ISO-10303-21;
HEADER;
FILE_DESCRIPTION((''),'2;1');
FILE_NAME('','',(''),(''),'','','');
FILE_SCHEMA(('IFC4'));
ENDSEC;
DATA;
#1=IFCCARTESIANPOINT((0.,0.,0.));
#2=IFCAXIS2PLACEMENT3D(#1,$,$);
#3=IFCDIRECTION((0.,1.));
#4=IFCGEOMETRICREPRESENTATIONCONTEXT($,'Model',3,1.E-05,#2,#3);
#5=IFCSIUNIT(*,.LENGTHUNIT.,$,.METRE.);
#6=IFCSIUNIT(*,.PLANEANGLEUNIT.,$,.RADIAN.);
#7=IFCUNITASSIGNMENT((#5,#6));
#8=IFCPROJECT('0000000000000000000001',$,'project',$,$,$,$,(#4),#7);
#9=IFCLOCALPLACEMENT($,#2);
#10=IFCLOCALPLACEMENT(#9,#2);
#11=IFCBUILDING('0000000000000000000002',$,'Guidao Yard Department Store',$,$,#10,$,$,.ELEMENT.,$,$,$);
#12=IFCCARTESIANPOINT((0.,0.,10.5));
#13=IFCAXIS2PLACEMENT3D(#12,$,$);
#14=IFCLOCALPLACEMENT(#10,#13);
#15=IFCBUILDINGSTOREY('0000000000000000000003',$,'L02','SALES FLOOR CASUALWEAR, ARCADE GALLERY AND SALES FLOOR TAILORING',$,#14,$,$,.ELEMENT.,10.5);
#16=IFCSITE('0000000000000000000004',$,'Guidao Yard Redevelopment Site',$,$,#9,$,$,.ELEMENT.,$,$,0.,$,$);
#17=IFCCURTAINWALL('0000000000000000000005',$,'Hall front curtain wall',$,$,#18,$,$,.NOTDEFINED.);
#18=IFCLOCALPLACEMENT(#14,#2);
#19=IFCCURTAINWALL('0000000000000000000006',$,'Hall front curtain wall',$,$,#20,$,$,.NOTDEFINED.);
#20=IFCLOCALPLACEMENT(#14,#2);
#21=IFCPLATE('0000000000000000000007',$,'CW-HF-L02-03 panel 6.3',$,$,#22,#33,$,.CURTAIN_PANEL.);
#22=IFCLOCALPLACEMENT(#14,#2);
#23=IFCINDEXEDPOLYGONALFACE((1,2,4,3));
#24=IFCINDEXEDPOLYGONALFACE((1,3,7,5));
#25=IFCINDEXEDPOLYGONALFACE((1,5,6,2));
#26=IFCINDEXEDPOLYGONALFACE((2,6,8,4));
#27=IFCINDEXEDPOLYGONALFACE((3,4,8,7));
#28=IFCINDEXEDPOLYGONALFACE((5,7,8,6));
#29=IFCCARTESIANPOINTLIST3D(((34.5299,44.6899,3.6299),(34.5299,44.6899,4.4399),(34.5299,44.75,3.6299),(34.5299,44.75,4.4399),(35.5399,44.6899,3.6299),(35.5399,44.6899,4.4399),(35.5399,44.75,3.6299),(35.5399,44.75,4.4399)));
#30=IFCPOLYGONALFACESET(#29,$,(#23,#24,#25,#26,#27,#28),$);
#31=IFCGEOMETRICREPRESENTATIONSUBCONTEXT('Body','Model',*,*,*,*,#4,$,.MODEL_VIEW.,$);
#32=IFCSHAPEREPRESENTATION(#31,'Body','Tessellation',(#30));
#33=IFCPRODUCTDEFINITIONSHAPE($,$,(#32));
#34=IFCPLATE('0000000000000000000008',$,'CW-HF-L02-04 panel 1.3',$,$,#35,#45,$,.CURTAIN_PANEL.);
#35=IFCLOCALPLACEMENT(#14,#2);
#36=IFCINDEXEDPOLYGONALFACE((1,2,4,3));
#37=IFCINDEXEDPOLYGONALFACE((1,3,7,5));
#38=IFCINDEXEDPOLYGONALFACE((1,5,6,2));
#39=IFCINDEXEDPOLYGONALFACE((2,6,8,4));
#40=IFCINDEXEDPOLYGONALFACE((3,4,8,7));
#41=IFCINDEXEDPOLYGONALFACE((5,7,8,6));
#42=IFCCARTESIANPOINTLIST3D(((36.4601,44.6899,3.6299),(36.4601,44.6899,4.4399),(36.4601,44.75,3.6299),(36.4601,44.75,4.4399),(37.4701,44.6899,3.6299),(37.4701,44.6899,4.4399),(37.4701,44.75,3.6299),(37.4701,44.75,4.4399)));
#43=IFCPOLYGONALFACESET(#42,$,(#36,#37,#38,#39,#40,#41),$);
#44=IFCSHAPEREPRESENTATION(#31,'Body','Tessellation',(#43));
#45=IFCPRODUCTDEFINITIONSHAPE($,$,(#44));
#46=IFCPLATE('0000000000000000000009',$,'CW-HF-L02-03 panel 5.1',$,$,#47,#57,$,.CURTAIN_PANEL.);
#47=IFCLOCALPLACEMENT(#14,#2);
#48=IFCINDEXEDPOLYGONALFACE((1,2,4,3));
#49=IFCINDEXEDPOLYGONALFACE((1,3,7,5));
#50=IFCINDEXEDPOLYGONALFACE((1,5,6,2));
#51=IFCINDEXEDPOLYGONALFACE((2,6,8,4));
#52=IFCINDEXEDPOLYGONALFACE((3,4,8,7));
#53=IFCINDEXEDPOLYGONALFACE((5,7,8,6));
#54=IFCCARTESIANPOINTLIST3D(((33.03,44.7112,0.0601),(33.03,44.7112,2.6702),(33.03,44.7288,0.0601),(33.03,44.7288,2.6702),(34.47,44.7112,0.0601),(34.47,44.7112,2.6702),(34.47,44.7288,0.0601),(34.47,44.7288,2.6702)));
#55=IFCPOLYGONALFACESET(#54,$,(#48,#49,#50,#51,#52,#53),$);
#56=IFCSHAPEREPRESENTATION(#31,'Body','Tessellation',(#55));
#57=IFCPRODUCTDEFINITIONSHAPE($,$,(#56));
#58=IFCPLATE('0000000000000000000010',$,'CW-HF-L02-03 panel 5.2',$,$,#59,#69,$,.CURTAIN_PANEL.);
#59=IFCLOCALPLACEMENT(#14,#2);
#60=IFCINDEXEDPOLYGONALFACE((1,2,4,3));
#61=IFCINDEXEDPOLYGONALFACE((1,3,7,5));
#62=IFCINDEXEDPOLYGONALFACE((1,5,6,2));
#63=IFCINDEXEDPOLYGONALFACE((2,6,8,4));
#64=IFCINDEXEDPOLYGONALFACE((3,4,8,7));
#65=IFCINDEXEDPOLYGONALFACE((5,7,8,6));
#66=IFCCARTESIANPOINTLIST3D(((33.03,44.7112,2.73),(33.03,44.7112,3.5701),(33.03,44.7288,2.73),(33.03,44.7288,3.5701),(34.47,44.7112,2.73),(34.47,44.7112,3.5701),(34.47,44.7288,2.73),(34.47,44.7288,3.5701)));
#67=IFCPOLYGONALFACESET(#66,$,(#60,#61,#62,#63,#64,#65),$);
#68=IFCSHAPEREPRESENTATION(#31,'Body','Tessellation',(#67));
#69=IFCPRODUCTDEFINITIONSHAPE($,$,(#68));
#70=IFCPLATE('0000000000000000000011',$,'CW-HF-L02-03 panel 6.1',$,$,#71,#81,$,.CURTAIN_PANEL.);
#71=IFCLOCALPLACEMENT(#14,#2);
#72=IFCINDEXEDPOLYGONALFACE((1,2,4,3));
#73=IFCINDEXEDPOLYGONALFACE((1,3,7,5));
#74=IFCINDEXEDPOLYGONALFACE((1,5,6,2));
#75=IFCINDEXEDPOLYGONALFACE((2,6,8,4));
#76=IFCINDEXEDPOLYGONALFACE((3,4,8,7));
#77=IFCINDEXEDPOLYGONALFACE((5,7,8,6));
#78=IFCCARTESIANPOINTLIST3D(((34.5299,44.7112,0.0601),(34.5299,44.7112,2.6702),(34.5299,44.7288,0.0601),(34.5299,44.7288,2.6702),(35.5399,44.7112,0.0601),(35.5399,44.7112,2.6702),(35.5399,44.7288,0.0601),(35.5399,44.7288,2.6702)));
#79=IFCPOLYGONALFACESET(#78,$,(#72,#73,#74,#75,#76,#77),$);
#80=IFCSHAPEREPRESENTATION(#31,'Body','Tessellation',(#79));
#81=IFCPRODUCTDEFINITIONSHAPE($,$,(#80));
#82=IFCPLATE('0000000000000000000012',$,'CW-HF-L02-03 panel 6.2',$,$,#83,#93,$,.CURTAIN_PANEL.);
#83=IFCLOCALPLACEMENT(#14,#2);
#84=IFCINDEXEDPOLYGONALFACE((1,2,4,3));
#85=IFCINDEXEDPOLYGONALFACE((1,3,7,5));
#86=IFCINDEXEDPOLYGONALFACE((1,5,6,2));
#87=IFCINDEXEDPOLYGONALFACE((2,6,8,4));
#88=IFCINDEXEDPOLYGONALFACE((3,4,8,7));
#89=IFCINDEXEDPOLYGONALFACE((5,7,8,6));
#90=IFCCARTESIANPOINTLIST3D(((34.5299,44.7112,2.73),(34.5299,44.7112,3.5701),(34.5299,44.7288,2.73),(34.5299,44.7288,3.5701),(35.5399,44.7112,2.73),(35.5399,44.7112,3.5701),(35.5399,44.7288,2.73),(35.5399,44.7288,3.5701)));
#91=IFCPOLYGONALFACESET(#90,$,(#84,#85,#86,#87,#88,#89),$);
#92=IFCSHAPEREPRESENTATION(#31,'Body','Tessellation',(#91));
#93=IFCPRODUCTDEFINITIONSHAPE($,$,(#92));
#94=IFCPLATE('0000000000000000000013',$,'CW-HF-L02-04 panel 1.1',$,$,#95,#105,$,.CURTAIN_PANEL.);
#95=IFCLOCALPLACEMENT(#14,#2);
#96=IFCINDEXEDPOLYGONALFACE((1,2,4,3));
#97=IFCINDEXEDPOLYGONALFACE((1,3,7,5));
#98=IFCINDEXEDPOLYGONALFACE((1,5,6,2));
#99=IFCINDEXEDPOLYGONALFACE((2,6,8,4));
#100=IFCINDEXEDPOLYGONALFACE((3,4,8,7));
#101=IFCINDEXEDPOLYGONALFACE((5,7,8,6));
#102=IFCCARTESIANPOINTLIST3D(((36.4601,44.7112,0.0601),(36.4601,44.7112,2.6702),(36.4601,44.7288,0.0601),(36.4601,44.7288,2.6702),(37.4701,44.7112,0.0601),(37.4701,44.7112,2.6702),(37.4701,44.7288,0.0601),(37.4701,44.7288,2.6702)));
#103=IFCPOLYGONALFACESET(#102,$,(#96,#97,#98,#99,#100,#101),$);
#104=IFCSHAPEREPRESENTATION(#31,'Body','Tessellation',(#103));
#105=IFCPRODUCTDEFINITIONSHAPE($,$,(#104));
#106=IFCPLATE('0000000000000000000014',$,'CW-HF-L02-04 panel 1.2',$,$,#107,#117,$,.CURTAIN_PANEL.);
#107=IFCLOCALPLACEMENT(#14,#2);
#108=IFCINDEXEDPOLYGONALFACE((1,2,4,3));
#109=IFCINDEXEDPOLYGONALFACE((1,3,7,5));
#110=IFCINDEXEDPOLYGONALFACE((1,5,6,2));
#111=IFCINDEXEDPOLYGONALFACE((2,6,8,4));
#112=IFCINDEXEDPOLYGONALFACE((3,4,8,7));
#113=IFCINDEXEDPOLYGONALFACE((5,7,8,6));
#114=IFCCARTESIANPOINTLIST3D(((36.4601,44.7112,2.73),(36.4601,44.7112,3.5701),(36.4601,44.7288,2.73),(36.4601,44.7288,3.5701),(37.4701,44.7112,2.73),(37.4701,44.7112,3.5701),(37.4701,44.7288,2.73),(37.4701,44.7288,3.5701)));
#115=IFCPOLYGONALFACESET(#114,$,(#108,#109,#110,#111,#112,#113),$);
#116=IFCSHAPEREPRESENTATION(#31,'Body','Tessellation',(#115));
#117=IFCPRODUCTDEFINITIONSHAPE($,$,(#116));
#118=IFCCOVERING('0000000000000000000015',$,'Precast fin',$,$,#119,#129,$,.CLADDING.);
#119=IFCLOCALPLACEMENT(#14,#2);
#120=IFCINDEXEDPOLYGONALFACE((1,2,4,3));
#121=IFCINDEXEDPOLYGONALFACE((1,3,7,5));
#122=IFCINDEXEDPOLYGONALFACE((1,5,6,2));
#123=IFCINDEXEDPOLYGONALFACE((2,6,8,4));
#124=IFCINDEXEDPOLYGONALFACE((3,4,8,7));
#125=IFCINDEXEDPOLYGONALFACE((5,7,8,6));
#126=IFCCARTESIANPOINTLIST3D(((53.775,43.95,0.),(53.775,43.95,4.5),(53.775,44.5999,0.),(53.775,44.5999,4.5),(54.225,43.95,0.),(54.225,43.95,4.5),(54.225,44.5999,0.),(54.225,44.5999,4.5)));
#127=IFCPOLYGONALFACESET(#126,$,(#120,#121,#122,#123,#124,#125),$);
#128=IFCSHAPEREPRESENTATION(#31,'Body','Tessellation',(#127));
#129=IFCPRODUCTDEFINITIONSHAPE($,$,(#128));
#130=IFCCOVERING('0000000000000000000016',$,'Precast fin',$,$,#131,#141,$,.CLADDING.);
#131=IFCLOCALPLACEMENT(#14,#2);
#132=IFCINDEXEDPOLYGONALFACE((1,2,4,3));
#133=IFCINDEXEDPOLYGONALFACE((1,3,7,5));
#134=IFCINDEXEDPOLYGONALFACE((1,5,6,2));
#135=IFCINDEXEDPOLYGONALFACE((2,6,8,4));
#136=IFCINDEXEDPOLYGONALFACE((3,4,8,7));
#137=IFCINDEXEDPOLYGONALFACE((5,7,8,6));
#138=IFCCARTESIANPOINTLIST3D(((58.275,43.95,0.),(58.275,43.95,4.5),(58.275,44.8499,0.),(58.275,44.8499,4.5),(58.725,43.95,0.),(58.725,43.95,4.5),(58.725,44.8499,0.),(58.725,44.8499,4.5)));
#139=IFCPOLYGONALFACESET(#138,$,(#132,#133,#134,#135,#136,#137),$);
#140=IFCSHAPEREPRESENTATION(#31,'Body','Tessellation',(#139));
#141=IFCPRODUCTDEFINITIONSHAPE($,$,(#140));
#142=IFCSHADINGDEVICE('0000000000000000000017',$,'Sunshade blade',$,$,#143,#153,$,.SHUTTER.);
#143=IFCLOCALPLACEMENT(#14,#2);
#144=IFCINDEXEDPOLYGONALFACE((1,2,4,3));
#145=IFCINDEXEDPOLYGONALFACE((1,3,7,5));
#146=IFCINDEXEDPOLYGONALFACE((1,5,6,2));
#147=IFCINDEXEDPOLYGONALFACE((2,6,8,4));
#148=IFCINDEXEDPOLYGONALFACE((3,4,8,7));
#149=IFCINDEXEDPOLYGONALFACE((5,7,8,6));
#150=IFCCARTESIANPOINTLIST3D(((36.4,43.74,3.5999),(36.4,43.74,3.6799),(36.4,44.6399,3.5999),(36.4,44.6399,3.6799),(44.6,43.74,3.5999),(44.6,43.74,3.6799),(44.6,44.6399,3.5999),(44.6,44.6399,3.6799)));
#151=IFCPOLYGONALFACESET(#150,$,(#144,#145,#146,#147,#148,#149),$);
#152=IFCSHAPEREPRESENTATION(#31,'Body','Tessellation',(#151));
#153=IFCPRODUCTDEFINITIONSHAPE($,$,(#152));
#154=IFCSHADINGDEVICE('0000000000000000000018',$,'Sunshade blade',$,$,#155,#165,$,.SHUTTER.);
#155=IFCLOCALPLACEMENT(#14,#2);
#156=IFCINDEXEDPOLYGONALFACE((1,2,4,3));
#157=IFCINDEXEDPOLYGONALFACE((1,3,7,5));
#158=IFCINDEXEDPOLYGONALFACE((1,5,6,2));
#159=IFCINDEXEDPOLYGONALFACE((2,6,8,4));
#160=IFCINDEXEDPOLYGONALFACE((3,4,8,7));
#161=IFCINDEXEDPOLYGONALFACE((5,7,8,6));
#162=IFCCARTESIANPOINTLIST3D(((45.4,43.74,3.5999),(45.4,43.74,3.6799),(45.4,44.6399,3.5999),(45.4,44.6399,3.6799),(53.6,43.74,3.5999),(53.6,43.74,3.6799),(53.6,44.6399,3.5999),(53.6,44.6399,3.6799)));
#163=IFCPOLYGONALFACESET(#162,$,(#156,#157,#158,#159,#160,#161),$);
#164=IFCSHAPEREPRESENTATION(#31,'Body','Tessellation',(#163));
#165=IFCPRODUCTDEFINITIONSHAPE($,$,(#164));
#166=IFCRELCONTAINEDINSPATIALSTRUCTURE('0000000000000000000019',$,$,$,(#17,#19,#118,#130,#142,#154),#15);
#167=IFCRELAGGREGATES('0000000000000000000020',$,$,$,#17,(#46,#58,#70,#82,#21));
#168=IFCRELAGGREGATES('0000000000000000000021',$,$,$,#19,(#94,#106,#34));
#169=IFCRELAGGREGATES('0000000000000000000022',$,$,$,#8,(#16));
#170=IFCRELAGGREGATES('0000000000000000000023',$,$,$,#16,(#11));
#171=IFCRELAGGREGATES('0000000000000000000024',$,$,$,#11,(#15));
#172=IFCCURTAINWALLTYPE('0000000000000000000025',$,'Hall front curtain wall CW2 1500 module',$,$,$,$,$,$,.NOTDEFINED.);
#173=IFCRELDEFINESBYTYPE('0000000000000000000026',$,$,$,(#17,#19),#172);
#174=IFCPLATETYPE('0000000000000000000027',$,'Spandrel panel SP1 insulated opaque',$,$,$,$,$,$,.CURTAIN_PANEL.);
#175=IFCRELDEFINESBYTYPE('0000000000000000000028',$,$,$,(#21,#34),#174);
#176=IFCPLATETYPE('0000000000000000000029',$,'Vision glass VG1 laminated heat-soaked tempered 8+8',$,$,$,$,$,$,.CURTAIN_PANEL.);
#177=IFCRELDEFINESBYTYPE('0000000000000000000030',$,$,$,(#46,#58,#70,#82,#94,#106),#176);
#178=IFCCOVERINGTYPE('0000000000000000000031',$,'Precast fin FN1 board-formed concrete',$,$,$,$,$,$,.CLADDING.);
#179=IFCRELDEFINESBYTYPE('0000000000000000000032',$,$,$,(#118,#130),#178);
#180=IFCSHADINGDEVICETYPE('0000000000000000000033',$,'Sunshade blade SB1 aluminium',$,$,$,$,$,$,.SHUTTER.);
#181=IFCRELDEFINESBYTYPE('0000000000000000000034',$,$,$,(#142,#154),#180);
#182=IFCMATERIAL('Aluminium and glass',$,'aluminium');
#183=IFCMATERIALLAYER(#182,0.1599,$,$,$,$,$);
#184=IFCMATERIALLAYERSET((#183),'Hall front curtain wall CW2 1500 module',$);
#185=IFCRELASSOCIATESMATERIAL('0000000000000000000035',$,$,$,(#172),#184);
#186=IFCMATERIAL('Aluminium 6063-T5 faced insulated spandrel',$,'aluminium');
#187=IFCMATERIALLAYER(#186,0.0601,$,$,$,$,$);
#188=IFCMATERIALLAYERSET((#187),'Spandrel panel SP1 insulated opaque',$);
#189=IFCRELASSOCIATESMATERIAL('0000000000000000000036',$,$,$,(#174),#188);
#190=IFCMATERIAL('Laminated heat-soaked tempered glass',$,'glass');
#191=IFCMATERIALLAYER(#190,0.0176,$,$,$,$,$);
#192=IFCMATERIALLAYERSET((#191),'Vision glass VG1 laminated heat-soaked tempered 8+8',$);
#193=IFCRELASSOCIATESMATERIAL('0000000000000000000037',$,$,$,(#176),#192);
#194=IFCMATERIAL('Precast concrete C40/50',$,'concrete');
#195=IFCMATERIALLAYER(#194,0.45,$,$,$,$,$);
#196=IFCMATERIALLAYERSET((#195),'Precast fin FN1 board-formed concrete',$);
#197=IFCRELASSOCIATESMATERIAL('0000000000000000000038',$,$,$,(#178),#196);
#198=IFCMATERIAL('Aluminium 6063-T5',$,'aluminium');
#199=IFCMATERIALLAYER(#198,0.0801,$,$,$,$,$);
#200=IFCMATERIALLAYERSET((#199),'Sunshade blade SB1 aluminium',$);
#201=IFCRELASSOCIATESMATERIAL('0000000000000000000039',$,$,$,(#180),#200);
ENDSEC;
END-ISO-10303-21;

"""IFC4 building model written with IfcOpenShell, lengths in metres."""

from ifc_helpers import new_model, si_unit, direction, frame, origin, origin_2d, place, context, subcontext, project, spatial, rectangle, extrude, material, layer, layer_set, type_object, element, aggregate, save


model = new_model("IFC4")

# Units and contexts
model_context = context("Model", 3, precision=1e-05, world=origin(), true_north=direction((0.0, 1.0)))
body_context = subcontext(model_context, "Body", "Model", "MODEL_VIEW")
ifc_project = project(units=[si_unit("LENGTHUNIT", "METRE"), si_unit("PLANEANGLEUNIT", "RADIAN")], contexts=[model_context])

# Site, building, storey
site_placement = place(None, origin())
site = spatial("IfcSite", under=ifc_project, at=site_placement, Name="Guidao Yard Redevelopment Site", CompositionType="ELEMENT", RefElevation=0.0)
building_placement = place(site_placement, origin())
building = spatial("IfcBuilding", under=site, at=building_placement, Name="Guidao Yard Department Store", CompositionType="ELEMENT")
storey_placement = place(building_placement, frame((0.0, 0.0, 10.5)))
storey = spatial("IfcBuildingStorey", under=building, at=storey_placement, Name="L02", Description="SALES FLOOR CASUALWEAR, ARCADE GALLERY AND SALES FLOOR TAILORING", CompositionType="ELEMENT", Elevation=10.5)

# Curtain wall
ifc_material_1 = material(Name="Aluminium and glass", Category="aluminium")
ifc_layer_1 = layer(ifc_material_1, 0.1599)
ifc_layer_set_1 = layer_set([ifc_layer_1], Name="Hall front curtain wall CW2 1500 module")
curtain_wall_type = type_object("IfcCurtainWallType", Name="Hall front curtain wall CW2 1500 module", PredefinedType="NOTDEFINED", material=ifc_layer_set_1)
curtain_wall_1_placement = place(storey_placement, origin())
curtain_wall_1 = element("IfcCurtainWall", 1, at=curtain_wall_1_placement, inside=storey, type_object=curtain_wall_type, Name="Hall front curtain wall", PredefinedType="NOTDEFINED")

# Curtain wall
curtain_wall_2_placement = place(storey_placement, origin())
curtain_wall_2 = element("IfcCurtainWall", 2, at=curtain_wall_2_placement, inside=storey, type_object=curtain_wall_type, Name="Hall front curtain wall", PredefinedType="NOTDEFINED")

# Plates
ifc_material_2 = material(Name="Aluminium 6063-T5 faced insulated spandrel", Category="aluminium")
ifc_layer_2 = layer(ifc_material_2, 0.0601)
ifc_layer_set_2 = layer_set([ifc_layer_2], Name="Spandrel panel SP1 insulated opaque")
plate_type_1 = type_object("IfcPlateType", Name="Spandrel panel SP1 insulated opaque", PredefinedType="CURTAIN_PANEL", material=ifc_layer_set_2)
plate_1_placement = place(storey_placement, frame((35.0349, 44.72, 3.6299), z_axis=(0.0, 0.0, 1.0), x_axis=(-1.0, 0.0, 0.0)))
plate_1 = element("IfcPlate", 3, at=plate_1_placement, type_object=plate_type_1, Name="CW-HF-L02-03 panel 6.3", PredefinedType="CURTAIN_PANEL", context=body_context, shape_type="SweptSolid", body=[
    extrude(rectangle(XDim=1.01, YDim=0.0601, at=origin_2d()), origin(), (0.0, 0.0, 1.0), 0.8101),
])
plate_2_placement = place(storey_placement, frame((36.9651, 44.72, 3.6299), z_axis=(0.0, 0.0, 1.0), x_axis=(-1.0, 0.0, 0.0)))
plate_2 = element("IfcPlate", 4, at=plate_2_placement, type_object=plate_type_1, Name="CW-HF-L02-04 panel 1.3", PredefinedType="CURTAIN_PANEL", context=body_context, shape_type="SweptSolid", body=[
    extrude(rectangle(XDim=1.01, YDim=0.0601, at=origin_2d()), origin(), (0.0, 0.0, 1.0), 0.8101),
])
ifc_material_3 = material(Name="Laminated heat-soaked tempered glass", Category="glass")
ifc_layer_3 = layer(ifc_material_3, 0.0176)
ifc_layer_set_3 = layer_set([ifc_layer_3], Name="Vision glass VG1 laminated heat-soaked tempered 8+8")
plate_type_2 = type_object("IfcPlateType", Name="Vision glass VG1 laminated heat-soaked tempered 8+8", PredefinedType="CURTAIN_PANEL", material=ifc_layer_set_3)
plate_3_placement = place(storey_placement, frame((33.75, 44.72, 0.0601), z_axis=(0.0, 0.0, 1.0), x_axis=(-1.0, 0.0, 0.0)))
plate_3 = element("IfcPlate", 5, at=plate_3_placement, type_object=plate_type_2, Name="CW-HF-L02-03 panel 5.1", PredefinedType="CURTAIN_PANEL", context=body_context, shape_type="SweptSolid", body=[
    extrude(rectangle(XDim=1.4399, YDim=0.0176, at=origin_2d()), origin(), (0.0, 0.0, 1.0), 2.6101),
])
plate_4_placement = place(storey_placement, frame((33.75, 44.72, 2.73), z_axis=(0.0, 0.0, 1.0), x_axis=(-1.0, 0.0, 0.0)))
plate_4 = element("IfcPlate", 6, at=plate_4_placement, type_object=plate_type_2, Name="CW-HF-L02-03 panel 5.2", PredefinedType="CURTAIN_PANEL", context=body_context, shape_type="SweptSolid", body=[
    extrude(rectangle(XDim=1.4399, YDim=0.0176, at=origin_2d()), origin(), (0.0, 0.0, 1.0), 0.8401),
])
plate_5_placement = place(storey_placement, frame((35.0349, 44.72, 0.0601), z_axis=(0.0, 0.0, 1.0), x_axis=(-1.0, 0.0, 0.0)))
plate_5 = element("IfcPlate", 7, at=plate_5_placement, type_object=plate_type_2, Name="CW-HF-L02-03 panel 6.1", PredefinedType="CURTAIN_PANEL", context=body_context, shape_type="SweptSolid", body=[
    extrude(rectangle(XDim=1.01, YDim=0.0176, at=origin_2d()), origin(), (0.0, 0.0, 1.0), 2.6101),
])
plate_6_placement = place(storey_placement, frame((35.0349, 44.72, 2.73), z_axis=(0.0, 0.0, 1.0), x_axis=(-1.0, 0.0, 0.0)))
plate_6 = element("IfcPlate", 8, at=plate_6_placement, type_object=plate_type_2, Name="CW-HF-L02-03 panel 6.2", PredefinedType="CURTAIN_PANEL", context=body_context, shape_type="SweptSolid", body=[
    extrude(rectangle(XDim=1.01, YDim=0.0176, at=origin_2d()), origin(), (0.0, 0.0, 1.0), 0.8401),
])
aggregate(curtain_wall_1, [plate_3, plate_4, plate_5, plate_6, plate_1])
plate_7_placement = place(storey_placement, frame((36.9651, 44.72, 0.0601), z_axis=(0.0, 0.0, 1.0), x_axis=(-1.0, 0.0, 0.0)))
plate_7 = element("IfcPlate", 9, at=plate_7_placement, type_object=plate_type_2, Name="CW-HF-L02-04 panel 1.1", PredefinedType="CURTAIN_PANEL", context=body_context, shape_type="SweptSolid", body=[
    extrude(rectangle(XDim=1.01, YDim=0.0176, at=origin_2d()), origin(), (0.0, 0.0, 1.0), 2.6101),
])
plate_8_placement = place(storey_placement, frame((36.9651, 44.72, 2.73), z_axis=(0.0, 0.0, 1.0), x_axis=(-1.0, 0.0, 0.0)))
plate_8 = element("IfcPlate", 10, at=plate_8_placement, type_object=plate_type_2, Name="CW-HF-L02-04 panel 1.2", PredefinedType="CURTAIN_PANEL", context=body_context, shape_type="SweptSolid", body=[
    extrude(rectangle(XDim=1.01, YDim=0.0176, at=origin_2d()), origin(), (0.0, 0.0, 1.0), 0.8401),
])
aggregate(curtain_wall_2, [plate_7, plate_8, plate_2])

# Coverings
ifc_material_4 = material(Name="Precast concrete C40/50", Category="concrete")
ifc_layer_4 = layer(ifc_material_4, 0.45)
ifc_layer_set_4 = layer_set([ifc_layer_4], Name="Precast fin FN1 board-formed concrete")
covering_type = type_object("IfcCoveringType", Name="Precast fin FN1 board-formed concrete", PredefinedType="CLADDING", material=ifc_layer_set_4)
covering_1_placement = place(storey_placement, frame((54.0, 44.2749, 0.0), z_axis=(0.0, 0.0, 1.0), x_axis=(-1.0, 0.0, 0.0)))
element("IfcCovering", 11, at=covering_1_placement, inside=storey, type_object=covering_type, Name="Precast fin", PredefinedType="CLADDING", context=body_context, shape_type="SweptSolid", body=[
    extrude(rectangle(XDim=0.45, YDim=0.6499, at=origin_2d()), origin(), (0.0, 0.0, 1.0), 4.5),
])
covering_2_placement = place(storey_placement, frame((58.5, 44.3999, 0.0), z_axis=(0.0, 0.0, 1.0), x_axis=(-1.0, 0.0, 0.0)))
element("IfcCovering", 12, at=covering_2_placement, inside=storey, type_object=covering_type, Name="Precast fin", PredefinedType="CLADDING", context=body_context, shape_type="SweptSolid", body=[
    extrude(rectangle(XDim=0.45, YDim=0.8999, at=origin_2d()), origin(), (0.0, 0.0, 1.0), 4.5),
])

# Shading devices
ifc_material_5 = material(Name="Aluminium 6063-T5", Category="aluminium")
ifc_layer_5 = layer(ifc_material_5, 0.0801)
ifc_layer_set_5 = layer_set([ifc_layer_5], Name="Sunshade blade SB1 aluminium")
shading_device_type = type_object("IfcShadingDeviceType", Name="Sunshade blade SB1 aluminium", PredefinedType="SHUTTER", material=ifc_layer_set_5)
for number, where, z_axis, x_axis, name in (
    (13, (40.5, 44.1899, 3.5999), (0.0, 0.0, 1.0), (-1.0, 0.0, 0.0), "Sunshade blade"),
    (14, (49.5, 44.1899, 3.5999), (0.0, 0.0, 1.0), (-1.0, 0.0, 0.0), "Sunshade blade"),
):
    element("IfcShadingDevice", number, at=place(storey_placement, frame(where, z_axis=z_axis, x_axis=x_axis)), inside=storey, type_object=shading_device_type, Name=name, PredefinedType="SHUTTER", context=body_context, shape_type="SweptSolid", body=[
        extrude(rectangle(XDim=8.2, YDim=0.8999, at=origin_2d()), origin(), (0.0, 0.0, 1.0), 0.0801),
    ])

save(model, "model.ifc")
